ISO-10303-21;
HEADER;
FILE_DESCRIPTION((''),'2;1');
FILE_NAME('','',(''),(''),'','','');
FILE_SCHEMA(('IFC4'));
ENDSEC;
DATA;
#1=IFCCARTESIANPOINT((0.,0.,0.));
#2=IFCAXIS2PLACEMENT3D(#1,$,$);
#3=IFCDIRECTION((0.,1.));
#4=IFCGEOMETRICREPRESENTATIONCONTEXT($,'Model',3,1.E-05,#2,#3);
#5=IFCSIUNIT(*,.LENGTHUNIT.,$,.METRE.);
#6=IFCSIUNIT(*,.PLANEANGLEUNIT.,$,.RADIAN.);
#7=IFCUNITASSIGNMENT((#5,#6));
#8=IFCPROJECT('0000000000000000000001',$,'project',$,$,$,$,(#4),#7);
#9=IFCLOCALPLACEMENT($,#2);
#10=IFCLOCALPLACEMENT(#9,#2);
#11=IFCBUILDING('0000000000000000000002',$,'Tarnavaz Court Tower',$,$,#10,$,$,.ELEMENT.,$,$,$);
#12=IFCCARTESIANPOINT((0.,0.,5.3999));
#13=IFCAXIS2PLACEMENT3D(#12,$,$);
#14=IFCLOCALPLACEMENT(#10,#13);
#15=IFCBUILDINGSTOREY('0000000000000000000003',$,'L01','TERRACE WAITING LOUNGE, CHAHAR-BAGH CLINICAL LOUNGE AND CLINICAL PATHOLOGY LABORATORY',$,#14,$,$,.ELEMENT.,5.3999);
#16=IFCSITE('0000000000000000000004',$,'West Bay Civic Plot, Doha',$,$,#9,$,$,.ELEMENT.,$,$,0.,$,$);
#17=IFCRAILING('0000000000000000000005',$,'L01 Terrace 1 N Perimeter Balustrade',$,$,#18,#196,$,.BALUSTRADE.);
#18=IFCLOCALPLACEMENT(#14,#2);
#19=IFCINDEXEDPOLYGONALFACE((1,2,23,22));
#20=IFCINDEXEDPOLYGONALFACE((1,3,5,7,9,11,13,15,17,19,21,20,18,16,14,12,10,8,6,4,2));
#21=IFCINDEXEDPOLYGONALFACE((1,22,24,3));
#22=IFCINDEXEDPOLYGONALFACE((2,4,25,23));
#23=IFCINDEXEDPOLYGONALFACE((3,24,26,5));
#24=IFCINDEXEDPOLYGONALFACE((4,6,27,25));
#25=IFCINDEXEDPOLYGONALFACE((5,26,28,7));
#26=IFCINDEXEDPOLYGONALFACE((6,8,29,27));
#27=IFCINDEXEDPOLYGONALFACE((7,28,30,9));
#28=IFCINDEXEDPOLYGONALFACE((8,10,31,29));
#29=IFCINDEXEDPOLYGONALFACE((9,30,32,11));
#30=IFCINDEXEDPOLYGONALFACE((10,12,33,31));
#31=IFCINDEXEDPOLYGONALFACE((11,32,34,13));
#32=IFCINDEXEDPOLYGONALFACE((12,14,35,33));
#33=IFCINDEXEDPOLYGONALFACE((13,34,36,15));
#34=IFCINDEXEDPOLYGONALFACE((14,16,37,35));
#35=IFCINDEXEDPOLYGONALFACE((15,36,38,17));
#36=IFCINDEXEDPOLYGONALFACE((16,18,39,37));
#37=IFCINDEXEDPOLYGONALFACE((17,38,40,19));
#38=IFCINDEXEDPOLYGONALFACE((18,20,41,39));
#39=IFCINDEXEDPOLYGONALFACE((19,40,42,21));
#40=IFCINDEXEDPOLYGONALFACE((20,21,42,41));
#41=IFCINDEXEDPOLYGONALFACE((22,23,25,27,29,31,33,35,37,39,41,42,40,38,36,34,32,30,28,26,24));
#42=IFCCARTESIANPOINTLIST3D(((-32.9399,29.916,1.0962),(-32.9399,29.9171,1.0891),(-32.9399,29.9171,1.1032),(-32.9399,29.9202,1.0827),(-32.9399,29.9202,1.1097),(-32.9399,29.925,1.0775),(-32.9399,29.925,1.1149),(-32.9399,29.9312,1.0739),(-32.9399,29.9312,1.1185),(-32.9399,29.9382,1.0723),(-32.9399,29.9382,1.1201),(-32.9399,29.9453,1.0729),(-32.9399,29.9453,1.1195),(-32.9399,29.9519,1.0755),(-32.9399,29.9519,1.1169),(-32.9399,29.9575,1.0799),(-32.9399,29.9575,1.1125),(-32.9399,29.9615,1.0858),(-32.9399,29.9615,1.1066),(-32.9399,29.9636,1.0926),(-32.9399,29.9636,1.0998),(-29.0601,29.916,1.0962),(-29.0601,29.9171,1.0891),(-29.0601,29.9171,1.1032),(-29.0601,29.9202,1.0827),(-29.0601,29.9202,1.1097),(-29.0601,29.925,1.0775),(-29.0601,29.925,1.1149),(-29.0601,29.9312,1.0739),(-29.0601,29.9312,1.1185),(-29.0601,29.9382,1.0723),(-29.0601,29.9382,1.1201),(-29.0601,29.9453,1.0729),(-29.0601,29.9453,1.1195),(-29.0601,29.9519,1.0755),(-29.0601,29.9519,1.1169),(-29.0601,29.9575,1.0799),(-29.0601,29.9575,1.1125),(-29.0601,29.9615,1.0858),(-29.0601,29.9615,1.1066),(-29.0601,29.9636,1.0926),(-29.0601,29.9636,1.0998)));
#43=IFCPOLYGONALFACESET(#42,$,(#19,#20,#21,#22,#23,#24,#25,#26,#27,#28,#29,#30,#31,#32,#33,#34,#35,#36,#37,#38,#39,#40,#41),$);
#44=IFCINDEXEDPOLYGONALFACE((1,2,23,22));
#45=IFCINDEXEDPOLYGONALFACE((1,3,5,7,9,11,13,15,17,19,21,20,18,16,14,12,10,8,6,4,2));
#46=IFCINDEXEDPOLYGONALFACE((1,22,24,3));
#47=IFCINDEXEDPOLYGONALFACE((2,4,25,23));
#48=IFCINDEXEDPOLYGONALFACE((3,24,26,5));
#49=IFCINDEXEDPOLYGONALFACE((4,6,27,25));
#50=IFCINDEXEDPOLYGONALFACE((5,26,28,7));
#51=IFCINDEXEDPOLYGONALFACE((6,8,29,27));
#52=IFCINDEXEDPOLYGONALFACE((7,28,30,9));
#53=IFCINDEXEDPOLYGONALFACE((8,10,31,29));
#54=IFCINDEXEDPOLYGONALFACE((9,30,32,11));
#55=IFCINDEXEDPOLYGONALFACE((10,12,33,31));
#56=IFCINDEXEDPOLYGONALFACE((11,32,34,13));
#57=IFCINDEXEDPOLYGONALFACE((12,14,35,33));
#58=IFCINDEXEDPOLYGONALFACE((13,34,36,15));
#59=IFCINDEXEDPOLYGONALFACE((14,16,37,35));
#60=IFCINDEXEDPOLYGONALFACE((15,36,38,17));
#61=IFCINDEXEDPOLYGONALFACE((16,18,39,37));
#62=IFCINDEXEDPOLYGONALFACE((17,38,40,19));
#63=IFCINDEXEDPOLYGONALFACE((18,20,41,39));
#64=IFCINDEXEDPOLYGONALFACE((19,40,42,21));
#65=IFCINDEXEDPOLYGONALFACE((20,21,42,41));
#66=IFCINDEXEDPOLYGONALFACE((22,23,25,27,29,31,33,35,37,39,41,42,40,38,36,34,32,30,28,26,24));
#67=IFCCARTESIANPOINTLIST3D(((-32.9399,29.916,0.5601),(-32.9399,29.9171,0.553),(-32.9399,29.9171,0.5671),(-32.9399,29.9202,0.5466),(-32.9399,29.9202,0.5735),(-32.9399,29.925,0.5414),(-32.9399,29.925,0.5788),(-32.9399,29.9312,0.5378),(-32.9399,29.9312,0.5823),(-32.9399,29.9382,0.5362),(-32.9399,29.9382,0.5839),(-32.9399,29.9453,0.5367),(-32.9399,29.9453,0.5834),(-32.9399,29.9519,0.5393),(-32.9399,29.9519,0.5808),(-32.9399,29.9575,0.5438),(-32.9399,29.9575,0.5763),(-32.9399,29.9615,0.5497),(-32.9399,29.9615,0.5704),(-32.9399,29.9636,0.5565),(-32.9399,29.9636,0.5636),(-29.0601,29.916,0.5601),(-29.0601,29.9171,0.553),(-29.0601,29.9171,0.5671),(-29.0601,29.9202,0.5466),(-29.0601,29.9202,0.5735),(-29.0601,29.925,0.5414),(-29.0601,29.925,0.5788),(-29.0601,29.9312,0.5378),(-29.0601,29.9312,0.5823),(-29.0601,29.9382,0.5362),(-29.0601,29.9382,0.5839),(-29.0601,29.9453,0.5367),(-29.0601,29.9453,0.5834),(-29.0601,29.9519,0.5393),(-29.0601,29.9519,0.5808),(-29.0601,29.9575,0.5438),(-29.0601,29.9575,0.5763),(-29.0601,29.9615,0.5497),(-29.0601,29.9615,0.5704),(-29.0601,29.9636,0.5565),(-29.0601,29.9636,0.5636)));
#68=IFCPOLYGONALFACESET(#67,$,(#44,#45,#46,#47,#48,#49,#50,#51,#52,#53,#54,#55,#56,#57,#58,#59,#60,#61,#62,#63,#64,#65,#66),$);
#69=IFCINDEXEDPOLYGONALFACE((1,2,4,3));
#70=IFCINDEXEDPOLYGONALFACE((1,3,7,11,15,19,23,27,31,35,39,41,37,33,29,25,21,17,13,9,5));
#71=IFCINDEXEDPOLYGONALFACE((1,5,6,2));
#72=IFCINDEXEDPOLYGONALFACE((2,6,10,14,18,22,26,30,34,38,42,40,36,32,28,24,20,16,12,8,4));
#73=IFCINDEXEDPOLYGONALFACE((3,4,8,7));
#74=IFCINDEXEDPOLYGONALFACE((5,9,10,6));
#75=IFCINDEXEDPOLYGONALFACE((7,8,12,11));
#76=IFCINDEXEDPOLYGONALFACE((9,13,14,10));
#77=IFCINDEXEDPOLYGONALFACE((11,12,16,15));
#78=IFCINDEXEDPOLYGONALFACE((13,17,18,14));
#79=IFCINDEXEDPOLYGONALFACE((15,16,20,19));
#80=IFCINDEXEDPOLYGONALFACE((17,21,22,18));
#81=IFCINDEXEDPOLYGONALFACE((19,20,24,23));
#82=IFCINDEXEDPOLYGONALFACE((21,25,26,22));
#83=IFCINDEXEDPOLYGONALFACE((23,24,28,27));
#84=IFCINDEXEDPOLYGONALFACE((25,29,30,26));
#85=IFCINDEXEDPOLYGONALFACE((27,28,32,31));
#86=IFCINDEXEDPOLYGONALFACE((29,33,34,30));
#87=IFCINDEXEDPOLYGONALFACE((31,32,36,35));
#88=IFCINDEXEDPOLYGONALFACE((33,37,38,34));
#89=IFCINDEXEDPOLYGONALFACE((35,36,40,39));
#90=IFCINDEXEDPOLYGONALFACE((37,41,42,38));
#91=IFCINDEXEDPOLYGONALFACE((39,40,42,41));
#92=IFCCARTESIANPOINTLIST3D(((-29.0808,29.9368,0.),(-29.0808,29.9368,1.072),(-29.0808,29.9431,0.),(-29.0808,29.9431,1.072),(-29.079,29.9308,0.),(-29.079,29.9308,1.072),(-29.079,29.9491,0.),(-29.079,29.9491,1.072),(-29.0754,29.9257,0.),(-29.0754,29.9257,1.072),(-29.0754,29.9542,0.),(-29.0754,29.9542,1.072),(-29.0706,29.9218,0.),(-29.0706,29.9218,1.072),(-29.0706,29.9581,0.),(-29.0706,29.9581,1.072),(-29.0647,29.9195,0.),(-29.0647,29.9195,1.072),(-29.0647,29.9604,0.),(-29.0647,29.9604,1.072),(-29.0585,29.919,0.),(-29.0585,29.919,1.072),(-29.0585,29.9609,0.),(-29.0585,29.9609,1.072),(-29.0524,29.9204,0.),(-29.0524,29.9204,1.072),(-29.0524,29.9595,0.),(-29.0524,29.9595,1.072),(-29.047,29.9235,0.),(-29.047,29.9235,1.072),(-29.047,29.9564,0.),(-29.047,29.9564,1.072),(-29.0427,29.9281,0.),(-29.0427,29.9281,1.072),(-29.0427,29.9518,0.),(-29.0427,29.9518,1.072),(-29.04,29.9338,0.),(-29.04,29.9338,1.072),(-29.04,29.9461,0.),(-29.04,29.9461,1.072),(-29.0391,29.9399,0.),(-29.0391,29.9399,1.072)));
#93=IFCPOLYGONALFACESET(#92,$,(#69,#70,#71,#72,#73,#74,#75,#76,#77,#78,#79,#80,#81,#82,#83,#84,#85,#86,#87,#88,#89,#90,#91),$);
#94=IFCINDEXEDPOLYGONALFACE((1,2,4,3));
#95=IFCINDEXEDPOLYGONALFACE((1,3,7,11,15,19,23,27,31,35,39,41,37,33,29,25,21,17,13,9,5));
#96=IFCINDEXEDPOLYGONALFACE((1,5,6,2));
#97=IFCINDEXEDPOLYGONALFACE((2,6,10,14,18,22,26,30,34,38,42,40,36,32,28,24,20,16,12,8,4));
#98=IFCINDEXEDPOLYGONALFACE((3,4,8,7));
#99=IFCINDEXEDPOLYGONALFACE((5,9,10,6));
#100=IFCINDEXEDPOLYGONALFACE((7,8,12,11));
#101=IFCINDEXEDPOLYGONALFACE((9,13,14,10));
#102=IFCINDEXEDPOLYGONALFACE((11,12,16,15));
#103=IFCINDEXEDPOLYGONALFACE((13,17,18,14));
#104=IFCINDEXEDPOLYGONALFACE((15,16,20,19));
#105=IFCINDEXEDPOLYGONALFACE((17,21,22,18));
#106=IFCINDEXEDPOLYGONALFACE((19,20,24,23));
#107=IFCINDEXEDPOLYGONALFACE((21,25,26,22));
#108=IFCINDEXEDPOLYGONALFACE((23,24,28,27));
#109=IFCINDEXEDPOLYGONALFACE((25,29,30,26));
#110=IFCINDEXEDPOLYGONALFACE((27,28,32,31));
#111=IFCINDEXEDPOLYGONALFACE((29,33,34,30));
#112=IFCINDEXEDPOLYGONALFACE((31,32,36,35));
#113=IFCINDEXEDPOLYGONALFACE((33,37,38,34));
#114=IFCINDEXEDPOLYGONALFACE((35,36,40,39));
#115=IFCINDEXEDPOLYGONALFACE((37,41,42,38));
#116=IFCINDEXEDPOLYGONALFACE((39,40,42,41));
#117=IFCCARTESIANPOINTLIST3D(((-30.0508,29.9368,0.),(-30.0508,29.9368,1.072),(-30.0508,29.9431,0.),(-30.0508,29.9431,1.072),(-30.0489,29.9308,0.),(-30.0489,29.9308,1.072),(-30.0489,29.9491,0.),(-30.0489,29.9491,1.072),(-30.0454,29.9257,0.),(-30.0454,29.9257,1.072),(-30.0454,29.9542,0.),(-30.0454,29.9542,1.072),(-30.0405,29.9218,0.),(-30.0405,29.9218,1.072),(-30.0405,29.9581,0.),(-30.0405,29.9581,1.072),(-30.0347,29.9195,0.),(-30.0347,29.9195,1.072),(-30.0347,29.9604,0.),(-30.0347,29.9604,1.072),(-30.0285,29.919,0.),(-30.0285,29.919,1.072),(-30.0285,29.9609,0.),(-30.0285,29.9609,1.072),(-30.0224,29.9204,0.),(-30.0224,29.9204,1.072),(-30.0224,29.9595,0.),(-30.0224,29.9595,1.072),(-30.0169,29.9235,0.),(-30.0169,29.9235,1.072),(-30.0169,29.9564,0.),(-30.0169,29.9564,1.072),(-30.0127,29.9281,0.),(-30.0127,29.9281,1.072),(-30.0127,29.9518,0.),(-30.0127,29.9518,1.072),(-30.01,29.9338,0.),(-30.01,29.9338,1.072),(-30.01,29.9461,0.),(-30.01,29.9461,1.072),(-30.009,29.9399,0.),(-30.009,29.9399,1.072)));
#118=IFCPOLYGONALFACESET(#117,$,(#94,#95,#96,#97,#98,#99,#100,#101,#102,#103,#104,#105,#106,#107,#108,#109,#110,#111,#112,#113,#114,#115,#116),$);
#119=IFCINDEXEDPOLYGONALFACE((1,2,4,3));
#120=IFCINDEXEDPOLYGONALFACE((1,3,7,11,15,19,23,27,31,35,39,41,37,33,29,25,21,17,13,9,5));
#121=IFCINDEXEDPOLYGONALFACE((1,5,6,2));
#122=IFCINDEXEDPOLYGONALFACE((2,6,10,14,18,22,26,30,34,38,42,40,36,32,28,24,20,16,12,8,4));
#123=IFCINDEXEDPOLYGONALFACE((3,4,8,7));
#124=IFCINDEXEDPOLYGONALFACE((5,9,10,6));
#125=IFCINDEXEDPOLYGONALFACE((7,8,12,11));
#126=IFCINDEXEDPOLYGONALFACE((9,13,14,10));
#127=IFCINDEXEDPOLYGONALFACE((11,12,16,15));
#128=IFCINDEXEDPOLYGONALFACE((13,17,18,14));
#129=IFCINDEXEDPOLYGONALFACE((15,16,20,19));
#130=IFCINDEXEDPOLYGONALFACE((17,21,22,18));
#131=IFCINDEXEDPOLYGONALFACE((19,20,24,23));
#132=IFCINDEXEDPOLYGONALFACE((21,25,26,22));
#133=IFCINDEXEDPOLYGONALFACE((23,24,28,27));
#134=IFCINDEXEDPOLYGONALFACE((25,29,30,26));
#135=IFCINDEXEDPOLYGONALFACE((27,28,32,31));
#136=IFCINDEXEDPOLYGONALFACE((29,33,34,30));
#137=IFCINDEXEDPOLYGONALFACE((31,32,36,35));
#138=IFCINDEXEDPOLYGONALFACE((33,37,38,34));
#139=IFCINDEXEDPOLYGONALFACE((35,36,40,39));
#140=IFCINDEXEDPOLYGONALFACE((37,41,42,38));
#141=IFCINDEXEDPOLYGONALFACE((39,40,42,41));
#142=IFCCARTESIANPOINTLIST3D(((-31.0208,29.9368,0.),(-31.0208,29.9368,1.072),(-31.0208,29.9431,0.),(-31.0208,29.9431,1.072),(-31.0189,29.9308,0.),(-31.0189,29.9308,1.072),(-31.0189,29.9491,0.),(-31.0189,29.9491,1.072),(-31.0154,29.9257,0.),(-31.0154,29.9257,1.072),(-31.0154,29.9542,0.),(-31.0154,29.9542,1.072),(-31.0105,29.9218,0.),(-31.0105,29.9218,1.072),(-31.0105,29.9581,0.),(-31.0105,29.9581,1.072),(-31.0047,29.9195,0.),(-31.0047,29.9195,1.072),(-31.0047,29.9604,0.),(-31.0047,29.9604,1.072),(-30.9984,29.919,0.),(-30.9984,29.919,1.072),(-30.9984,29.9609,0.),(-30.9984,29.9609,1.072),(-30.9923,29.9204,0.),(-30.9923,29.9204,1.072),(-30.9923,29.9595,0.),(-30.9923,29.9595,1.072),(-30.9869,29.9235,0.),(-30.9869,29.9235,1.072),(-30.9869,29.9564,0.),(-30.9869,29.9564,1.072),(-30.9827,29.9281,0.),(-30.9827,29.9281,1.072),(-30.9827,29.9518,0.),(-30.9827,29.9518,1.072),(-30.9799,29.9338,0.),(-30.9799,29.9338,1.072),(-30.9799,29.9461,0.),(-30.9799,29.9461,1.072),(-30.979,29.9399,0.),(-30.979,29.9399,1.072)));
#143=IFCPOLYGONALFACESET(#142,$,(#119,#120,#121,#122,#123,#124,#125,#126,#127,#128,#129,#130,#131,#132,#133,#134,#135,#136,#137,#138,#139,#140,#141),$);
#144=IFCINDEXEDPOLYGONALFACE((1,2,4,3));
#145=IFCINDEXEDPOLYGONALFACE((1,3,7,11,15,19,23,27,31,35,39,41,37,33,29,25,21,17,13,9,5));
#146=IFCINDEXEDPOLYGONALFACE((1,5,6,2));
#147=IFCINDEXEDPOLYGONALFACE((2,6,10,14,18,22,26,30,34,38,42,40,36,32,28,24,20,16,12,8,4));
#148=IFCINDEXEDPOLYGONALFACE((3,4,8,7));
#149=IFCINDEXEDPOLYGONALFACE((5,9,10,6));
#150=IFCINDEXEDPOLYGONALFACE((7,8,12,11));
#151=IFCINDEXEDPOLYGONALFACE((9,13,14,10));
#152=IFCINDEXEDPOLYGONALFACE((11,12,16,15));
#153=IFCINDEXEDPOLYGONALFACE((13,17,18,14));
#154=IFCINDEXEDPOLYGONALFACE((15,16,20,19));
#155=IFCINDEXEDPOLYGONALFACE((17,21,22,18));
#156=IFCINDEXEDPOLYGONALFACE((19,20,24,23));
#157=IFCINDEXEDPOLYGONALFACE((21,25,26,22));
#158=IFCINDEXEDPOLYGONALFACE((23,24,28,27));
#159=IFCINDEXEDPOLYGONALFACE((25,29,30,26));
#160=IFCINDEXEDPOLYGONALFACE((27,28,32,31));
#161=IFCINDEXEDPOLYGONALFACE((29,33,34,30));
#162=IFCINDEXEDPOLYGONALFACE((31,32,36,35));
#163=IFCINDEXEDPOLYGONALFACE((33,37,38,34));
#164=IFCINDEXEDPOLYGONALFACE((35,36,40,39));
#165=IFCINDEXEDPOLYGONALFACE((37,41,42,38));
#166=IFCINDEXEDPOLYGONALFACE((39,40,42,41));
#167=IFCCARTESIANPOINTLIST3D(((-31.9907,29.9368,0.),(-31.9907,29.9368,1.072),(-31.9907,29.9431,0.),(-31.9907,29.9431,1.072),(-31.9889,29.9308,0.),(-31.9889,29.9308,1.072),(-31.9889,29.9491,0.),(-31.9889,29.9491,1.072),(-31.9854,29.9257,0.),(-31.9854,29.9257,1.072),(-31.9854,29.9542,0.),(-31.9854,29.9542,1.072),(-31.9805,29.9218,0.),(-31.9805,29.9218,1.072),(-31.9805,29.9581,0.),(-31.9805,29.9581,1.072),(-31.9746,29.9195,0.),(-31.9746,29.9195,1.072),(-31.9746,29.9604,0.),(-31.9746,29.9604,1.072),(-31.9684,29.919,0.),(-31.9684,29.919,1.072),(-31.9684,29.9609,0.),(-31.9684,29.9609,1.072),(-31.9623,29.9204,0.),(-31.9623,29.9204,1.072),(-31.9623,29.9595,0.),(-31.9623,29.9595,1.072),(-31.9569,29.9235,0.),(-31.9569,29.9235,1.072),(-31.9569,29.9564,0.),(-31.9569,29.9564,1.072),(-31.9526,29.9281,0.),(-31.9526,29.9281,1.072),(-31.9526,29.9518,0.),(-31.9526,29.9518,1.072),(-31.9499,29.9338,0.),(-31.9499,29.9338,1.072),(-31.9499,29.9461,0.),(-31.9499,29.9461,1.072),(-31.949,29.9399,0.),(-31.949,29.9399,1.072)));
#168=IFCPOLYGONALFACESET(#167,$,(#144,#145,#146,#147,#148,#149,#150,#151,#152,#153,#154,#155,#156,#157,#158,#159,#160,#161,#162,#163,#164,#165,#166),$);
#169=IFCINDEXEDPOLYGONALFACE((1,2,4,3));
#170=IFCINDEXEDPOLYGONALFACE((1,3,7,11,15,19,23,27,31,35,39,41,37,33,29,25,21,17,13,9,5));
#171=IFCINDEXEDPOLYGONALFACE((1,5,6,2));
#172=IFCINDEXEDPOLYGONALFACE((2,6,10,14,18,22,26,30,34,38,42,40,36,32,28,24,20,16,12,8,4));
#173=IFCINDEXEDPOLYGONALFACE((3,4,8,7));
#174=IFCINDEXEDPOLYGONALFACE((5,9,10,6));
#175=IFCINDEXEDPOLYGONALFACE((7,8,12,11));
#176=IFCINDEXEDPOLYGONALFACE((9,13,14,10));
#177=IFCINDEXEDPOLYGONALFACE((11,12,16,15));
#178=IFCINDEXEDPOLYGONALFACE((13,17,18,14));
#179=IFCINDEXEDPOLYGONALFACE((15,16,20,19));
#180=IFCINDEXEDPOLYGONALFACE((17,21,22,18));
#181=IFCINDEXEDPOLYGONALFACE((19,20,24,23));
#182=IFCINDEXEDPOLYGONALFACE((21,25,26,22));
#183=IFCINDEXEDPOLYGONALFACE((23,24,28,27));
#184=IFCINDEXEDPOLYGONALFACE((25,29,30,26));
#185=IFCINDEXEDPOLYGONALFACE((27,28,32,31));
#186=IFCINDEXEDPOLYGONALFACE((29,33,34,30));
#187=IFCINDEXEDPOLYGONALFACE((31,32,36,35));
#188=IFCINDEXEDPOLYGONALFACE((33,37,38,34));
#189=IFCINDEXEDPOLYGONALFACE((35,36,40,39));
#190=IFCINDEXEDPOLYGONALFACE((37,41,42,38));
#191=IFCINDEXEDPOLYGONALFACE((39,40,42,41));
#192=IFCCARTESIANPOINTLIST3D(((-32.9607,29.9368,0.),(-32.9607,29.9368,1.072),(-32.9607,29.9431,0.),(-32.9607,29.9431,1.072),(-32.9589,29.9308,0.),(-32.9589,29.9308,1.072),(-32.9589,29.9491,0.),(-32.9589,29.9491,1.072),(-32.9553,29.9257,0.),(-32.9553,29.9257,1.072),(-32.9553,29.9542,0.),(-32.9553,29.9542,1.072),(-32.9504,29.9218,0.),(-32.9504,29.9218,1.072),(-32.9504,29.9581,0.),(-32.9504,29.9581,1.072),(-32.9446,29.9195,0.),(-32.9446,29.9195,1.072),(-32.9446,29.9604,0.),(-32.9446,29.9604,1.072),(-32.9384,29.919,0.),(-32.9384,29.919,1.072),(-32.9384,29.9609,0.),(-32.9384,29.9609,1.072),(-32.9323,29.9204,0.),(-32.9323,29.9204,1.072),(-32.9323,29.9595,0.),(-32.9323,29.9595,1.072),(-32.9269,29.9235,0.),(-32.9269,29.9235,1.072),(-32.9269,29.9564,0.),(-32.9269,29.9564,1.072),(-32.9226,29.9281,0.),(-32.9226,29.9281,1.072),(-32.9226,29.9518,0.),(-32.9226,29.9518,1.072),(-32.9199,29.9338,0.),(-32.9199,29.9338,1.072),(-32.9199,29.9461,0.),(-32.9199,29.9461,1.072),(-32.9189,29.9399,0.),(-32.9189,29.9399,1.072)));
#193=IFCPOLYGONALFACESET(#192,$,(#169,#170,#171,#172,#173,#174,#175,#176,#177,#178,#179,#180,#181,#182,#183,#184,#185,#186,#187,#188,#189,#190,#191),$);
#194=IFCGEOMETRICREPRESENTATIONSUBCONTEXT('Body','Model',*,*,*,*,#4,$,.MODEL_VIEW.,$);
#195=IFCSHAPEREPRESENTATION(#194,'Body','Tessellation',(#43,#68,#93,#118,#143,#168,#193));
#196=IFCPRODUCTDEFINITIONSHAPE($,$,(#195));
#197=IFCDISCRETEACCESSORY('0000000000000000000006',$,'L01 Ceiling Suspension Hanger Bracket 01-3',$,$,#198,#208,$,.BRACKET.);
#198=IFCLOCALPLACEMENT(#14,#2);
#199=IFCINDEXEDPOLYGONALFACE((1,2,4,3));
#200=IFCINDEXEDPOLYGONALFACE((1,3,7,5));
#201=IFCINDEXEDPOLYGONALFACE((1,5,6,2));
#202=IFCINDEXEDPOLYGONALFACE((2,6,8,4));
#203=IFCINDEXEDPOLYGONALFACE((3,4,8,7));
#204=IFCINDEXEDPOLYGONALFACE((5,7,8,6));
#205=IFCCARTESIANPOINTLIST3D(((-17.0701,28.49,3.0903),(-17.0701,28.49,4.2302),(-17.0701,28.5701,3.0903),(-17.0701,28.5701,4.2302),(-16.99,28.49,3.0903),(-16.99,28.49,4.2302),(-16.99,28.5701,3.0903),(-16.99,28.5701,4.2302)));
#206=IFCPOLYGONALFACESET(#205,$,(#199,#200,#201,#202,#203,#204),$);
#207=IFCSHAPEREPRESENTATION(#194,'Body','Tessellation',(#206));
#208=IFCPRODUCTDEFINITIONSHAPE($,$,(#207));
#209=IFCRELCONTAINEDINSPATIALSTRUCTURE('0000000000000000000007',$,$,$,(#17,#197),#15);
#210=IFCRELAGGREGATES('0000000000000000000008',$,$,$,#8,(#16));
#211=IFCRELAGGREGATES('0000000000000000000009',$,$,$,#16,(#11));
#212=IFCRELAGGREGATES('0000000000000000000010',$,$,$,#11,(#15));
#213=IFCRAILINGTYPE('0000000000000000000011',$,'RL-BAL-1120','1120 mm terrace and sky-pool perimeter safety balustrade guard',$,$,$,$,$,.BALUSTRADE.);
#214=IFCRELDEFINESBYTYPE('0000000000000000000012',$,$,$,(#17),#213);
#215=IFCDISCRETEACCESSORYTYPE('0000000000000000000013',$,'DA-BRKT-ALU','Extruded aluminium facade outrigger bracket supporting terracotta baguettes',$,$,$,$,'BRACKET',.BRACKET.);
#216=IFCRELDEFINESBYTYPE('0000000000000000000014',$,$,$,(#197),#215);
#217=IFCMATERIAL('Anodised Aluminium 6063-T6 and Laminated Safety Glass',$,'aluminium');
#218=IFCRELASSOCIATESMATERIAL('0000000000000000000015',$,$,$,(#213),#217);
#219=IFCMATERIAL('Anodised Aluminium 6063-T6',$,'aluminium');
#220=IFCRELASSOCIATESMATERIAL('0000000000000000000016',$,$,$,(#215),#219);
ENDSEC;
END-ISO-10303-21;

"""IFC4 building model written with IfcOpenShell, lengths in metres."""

from ifc_helpers import new_model, si_unit, direction, frame, origin, origin_2d, place, context, subcontext, project, spatial, rectangle, circle, extrude, material, type_object, element, save


model = new_model("IFC4")

# Units and contexts
model_context = context("Model", 3, precision=1e-05, world=origin(), true_north=direction((0.0, 1.0)))
body_context = subcontext(model_context, "Body", "Model", "MODEL_VIEW")
ifc_project = project(units=[si_unit("LENGTHUNIT", "METRE"), si_unit("PLANEANGLEUNIT", "RADIAN")], contexts=[model_context])

# Site, building, storey
site_placement = place(None, origin())
site = spatial("IfcSite", under=ifc_project, at=site_placement, Name="West Bay Civic Plot, Doha", CompositionType="ELEMENT", RefElevation=0.0)
building_placement = place(site_placement, origin())
building = spatial("IfcBuilding", under=site, at=building_placement, Name="Tarnavaz Court Tower", CompositionType="ELEMENT")
storey_placement = place(building_placement, frame((0.0, 0.0, 5.3999)))
storey = spatial("IfcBuildingStorey", under=building, at=storey_placement, Name="L01", Description="TERRACE WAITING LOUNGE, CHAHAR-BAGH CLINICAL LOUNGE AND CLINICAL PATHOLOGY LABORATORY", CompositionType="ELEMENT", Elevation=5.3999)

# Shared definitions
ifc_material_1 = material(Name="Anodised Aluminium 6063-T6", Category="aluminium")

# Railing
ifc_material_2 = material(Name="Anodised Aluminium 6063-T6 and Laminated Safety Glass", Category="aluminium")
railing_type = type_object("IfcRailingType", Name="RL-BAL-1120", Description="1120 mm terrace and sky-pool perimeter safety balustrade guard", PredefinedType="BALUSTRADE", material=ifc_material_2)
railing_1_placement = place(storey_placement, frame((-29.0601, 29.9399, 0.0)))
element("IfcRailing", 1, at=railing_1_placement, inside=storey, type_object=railing_type, Name="L01 Terrace 1 N Perimeter Balustrade", PredefinedType="BALUSTRADE", context=body_context, shape_type="SweptSolid", body=[
    extrude(circle(Radius=0.0239, at=origin_2d()), frame((0.0, 0.0, 1.0962), z_axis=(-1.0, 0.0, 0.0), x_axis=(0.0, -1.0, 0.0)), (0.0, 0.0, 1.0), 3.8799),
    extrude(circle(Radius=0.0239, at=origin_2d()), frame((0.0, 0.0, 0.5601), z_axis=(-1.0, 0.0, 0.0), x_axis=(0.0, -1.0, 0.0)), (0.0, 0.0, 1.0), 3.8799),
    extrude(circle(Radius=0.021, at=origin_2d()), origin(), (0.0, 0.0, 1.0), 1.072),
    extrude(circle(Radius=0.021, at=origin_2d()), frame((-0.97, 0.0, 0.0)), (0.0, 0.0, 1.0), 1.072),
    extrude(circle(Radius=0.021, at=origin_2d()), frame((-1.9399, 0.0, 0.0)), (0.0, 0.0, 1.0), 1.072),
    extrude(circle(Radius=0.021, at=origin_2d()), frame((-2.9099, 0.0, 0.0)), (0.0, 0.0, 1.0), 1.072),
    extrude(circle(Radius=0.021, at=origin_2d()), frame((-3.8799, 0.0, 0.0)), (0.0, 0.0, 1.0), 1.072),
])

# Discrete accessory
discrete_accessory_type = type_object("IfcDiscreteAccessoryType", Name="DA-BRKT-ALU", Description="Extruded aluminium facade outrigger bracket supporting terracotta baguettes", ElementType="BRACKET", PredefinedType="BRACKET", material=ifc_material_1)
for number, where, z_axis, x_axis, name in (
    (2, (-17.03, 28.53, 3.0903), (0.0, 0.0, 1.0), (1.0, 0.0, 0.0), "L01 Ceiling Suspension Hanger Bracket 01-3"),
):
    element("IfcDiscreteAccessory", number, at=place(storey_placement, frame(where, z_axis=z_axis, x_axis=x_axis)), inside=storey, type_object=discrete_accessory_type, Name=name, PredefinedType="BRACKET", context=body_context, shape_type="SweptSolid", body=[
        extrude(rectangle(XDim=0.0801, YDim=0.0801, at=origin_2d()), origin(), (0.0, 0.0, 1.0), 1.1399),
    ])

save(model, "model.ifc")
